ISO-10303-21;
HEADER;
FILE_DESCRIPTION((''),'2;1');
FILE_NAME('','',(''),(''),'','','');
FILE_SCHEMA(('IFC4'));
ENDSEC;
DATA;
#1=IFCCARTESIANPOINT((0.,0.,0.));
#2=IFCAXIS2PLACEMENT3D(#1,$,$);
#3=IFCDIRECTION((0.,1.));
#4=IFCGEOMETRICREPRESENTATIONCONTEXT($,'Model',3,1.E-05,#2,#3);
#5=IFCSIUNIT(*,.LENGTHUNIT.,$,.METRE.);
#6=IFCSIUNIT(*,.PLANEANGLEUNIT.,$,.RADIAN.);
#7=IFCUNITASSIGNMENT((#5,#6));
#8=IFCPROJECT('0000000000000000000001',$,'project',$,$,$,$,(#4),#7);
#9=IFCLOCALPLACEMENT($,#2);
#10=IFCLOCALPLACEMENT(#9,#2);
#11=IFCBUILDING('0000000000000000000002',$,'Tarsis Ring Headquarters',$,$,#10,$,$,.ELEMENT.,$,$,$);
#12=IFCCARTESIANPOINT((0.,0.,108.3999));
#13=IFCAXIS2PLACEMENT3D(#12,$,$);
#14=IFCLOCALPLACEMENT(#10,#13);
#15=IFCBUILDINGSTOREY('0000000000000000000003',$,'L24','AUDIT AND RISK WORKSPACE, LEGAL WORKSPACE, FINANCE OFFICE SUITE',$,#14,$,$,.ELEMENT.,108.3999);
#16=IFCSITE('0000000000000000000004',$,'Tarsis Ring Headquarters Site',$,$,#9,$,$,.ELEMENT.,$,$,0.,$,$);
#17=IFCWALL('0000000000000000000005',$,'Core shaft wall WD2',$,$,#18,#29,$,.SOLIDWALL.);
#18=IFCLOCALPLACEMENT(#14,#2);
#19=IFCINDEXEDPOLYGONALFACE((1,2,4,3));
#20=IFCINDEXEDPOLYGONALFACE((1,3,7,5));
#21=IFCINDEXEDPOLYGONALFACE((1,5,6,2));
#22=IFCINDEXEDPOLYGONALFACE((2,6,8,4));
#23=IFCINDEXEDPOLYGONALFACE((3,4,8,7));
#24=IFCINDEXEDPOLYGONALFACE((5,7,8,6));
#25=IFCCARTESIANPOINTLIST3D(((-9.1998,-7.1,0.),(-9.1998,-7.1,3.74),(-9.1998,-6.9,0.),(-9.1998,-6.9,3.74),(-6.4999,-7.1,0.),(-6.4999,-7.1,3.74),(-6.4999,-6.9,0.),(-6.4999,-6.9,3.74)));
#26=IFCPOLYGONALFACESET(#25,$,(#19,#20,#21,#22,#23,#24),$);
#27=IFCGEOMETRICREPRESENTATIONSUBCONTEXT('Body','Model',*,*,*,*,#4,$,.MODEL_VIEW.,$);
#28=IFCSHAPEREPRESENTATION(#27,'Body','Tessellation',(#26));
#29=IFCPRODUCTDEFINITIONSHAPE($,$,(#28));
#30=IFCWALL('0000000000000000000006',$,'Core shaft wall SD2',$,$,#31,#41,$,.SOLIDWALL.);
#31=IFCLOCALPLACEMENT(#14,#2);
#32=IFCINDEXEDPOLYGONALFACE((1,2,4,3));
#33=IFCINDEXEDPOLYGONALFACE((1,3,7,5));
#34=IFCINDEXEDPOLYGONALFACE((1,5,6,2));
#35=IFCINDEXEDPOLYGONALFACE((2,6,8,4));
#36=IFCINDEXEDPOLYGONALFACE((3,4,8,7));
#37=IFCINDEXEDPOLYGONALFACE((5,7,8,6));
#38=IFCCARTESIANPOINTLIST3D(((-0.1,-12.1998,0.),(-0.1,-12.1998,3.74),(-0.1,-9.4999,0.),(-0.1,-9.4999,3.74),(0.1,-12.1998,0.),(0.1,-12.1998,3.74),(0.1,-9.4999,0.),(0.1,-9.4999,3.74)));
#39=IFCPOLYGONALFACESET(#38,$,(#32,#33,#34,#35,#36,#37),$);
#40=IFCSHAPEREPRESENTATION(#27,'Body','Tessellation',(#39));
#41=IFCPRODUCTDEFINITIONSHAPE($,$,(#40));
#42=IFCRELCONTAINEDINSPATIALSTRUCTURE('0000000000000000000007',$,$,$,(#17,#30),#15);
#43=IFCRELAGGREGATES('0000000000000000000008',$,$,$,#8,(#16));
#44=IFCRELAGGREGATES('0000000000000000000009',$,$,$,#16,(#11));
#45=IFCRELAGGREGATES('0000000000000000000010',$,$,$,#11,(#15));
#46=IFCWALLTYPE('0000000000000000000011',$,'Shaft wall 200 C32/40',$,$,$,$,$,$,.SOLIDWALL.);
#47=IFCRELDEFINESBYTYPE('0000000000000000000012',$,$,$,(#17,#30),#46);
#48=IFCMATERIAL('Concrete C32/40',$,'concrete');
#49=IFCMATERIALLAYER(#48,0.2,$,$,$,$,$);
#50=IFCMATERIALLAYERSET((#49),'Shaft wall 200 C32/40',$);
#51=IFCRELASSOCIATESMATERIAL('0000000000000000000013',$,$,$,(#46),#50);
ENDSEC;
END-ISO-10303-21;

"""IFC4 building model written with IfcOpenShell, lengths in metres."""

from ifc_helpers import new_model, si_unit, direction, frame, frame_2d, origin, place, context, subcontext, project, spatial, rectangle, extrude, material, layer, layer_set, type_object, element, save


model = new_model("IFC4")

# Units and contexts
model_context = context("Model", 3, precision=1e-05, world=origin(), true_north=direction((0.0, 1.0)))
body_context = subcontext(model_context, "Body", "Model", "MODEL_VIEW")
ifc_project = project(units=[si_unit("LENGTHUNIT", "METRE"), si_unit("PLANEANGLEUNIT", "RADIAN")], contexts=[model_context])

# Site, building, storey
site_placement = place(None, origin())
site = spatial("IfcSite", under=ifc_project, at=site_placement, Name="Tarsis Ring Headquarters Site", CompositionType="ELEMENT", RefElevation=0.0)
building_placement = place(site_placement, origin())
building = spatial("IfcBuilding", under=site, at=building_placement, Name="Tarsis Ring Headquarters", CompositionType="ELEMENT")
storey_placement = place(building_placement, frame((0.0, 0.0, 108.3999)))
storey = spatial("IfcBuildingStorey", under=building, at=storey_placement, Name="L24", Description="AUDIT AND RISK WORKSPACE, LEGAL WORKSPACE, FINANCE OFFICE SUITE", CompositionType="ELEMENT", Elevation=108.3999)

# Shared definitions
ifc_material_1 = material(Name="Concrete C32/40", Category="concrete")

# Shared definitions
ifc_layer_1 = layer(ifc_material_1, 0.2)
ifc_layer_set_1 = layer_set([ifc_layer_1], Name="Shaft wall 200 C32/40")
wall_type_1 = type_object("IfcWallType", Name="Shaft wall 200 C32/40", PredefinedType="SOLIDWALL", material=ifc_layer_set_1)

# Walls
for number, where, z_axis, x_axis, name in (
    (1, (-9.2, -7.0, 0.0), (0.0, 0.0, 1.0), (1.0, 0.0, 0.0), "Core shaft wall WD2"),
    (2, (0.0, -12.2, 0.0), (0.0, 0.0, 1.0), (0.0, 1.0, 0.0), "Core shaft wall SD2"),
):
    element("IfcWall", number, at=place(storey_placement, frame(where, z_axis=z_axis, x_axis=x_axis)), inside=storey, type_object=wall_type_1, Name=name, PredefinedType="SOLIDWALL", context=body_context, shape_type="SweptSolid", body=[
        extrude(rectangle(XDim=2.7, YDim=0.2, at=frame_2d((1.3501, 0.0))), origin(), (0.0, 0.0, 1.0), 3.74),
    ])

save(model, "model.ifc")
